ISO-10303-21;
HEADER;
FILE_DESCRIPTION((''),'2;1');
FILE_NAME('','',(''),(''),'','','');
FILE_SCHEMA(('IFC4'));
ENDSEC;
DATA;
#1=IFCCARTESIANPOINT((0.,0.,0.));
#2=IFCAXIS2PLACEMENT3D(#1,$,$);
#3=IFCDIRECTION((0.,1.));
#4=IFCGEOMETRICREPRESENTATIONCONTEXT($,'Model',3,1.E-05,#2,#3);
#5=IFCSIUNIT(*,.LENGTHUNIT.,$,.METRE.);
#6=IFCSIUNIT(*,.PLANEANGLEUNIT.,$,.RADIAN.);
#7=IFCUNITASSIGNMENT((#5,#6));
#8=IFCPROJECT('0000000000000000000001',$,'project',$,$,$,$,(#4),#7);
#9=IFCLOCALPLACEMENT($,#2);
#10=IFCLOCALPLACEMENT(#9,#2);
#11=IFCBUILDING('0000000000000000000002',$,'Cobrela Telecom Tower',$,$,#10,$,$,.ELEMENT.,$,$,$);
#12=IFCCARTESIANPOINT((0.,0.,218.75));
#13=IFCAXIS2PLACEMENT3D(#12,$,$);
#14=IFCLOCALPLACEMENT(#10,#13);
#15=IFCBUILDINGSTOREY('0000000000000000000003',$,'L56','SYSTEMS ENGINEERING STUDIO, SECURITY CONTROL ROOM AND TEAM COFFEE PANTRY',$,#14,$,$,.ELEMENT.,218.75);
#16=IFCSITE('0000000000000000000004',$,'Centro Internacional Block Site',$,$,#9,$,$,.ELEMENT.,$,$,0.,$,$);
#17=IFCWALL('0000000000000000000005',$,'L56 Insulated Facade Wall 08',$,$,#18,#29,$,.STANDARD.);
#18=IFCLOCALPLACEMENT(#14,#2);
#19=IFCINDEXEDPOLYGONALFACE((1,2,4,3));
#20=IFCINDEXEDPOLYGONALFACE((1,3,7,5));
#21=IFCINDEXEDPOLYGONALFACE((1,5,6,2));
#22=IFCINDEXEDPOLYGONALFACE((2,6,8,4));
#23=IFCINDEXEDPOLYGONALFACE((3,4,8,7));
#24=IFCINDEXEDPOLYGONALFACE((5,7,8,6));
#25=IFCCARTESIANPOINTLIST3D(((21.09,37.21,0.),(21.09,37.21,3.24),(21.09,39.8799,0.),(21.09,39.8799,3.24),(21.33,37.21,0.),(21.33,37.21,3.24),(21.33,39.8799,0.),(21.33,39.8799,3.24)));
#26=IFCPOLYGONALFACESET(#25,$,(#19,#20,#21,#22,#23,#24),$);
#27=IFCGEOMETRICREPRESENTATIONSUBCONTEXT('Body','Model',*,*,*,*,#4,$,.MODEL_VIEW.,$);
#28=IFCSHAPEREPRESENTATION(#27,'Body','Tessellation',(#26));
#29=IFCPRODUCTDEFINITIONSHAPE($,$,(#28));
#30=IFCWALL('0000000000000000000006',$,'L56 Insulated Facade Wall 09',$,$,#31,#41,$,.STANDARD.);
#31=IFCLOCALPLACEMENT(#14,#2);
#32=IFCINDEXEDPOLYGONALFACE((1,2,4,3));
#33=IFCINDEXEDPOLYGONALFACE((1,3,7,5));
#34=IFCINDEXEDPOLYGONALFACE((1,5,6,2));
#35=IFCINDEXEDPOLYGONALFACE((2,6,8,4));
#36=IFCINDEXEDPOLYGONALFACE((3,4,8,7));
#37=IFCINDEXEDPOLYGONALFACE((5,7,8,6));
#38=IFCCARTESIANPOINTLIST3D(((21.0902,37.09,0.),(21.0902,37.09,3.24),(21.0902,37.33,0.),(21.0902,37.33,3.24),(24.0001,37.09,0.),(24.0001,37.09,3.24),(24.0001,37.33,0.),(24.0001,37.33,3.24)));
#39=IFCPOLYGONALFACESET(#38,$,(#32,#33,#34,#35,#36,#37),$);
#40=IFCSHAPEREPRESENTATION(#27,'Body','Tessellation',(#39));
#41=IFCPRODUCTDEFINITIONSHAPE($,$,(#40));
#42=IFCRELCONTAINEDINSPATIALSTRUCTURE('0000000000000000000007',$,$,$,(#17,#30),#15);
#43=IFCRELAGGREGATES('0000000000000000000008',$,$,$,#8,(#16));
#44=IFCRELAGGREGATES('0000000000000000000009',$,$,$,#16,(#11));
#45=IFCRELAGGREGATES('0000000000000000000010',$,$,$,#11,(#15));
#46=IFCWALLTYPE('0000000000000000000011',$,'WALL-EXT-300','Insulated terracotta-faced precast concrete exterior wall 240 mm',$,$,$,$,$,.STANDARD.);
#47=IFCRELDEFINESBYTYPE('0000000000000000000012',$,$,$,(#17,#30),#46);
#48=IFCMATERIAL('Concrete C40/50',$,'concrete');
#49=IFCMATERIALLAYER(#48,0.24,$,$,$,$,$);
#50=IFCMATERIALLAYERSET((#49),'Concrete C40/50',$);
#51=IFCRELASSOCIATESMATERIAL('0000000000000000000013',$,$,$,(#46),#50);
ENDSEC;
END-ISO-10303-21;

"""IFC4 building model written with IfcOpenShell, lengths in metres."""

from ifc_helpers import new_model, si_unit, direction, frame, frame_2d, origin, place, context, subcontext, project, spatial, rectangle, extrude, material, layer, layer_set, type_object, element, save


model = new_model("IFC4")

# Units and contexts
model_context = context("Model", 3, precision=1e-05, world=origin(), true_north=direction((0.0, 1.0)))
body_context = subcontext(model_context, "Body", "Model", "MODEL_VIEW")
ifc_project = project(units=[si_unit("LENGTHUNIT", "METRE"), si_unit("PLANEANGLEUNIT", "RADIAN")], contexts=[model_context])

# Site, building, storey
site_placement = place(None, origin())
site = spatial("IfcSite", under=ifc_project, at=site_placement, Name="Centro Internacional Block Site", CompositionType="ELEMENT", RefElevation=0.0)
building_placement = place(site_placement, origin())
building = spatial("IfcBuilding", under=site, at=building_placement, Name="Cobrela Telecom Tower", CompositionType="ELEMENT")
storey_placement = place(building_placement, frame((0.0, 0.0, 218.75)))
storey = spatial("IfcBuildingStorey", under=building, at=storey_placement, Name="L56", Description="SYSTEMS ENGINEERING STUDIO, SECURITY CONTROL ROOM AND TEAM COFFEE PANTRY", CompositionType="ELEMENT", Elevation=218.75)

# Walls
ifc_material_1 = material(Name="Concrete C40/50", Category="concrete")
ifc_layer_1 = layer(ifc_material_1, 0.24)
ifc_layer_set_1 = layer_set([ifc_layer_1], Name="Concrete C40/50")
wall_type = type_object("IfcWallType", Name="WALL-EXT-300", Description="Insulated terracotta-faced precast concrete exterior wall 240 mm", PredefinedType="STANDARD", material=ifc_layer_set_1)
wall_1_placement = place(storey_placement, frame((21.21, 39.8799, 0.0), z_axis=(0.0, 0.0, 1.0), x_axis=(0.0, -1.0, 0.0)))
element("IfcWall", 1, at=wall_1_placement, inside=storey, type_object=wall_type, Name="L56 Insulated Facade Wall 08", PredefinedType="STANDARD", context=body_context, shape_type="SweptSolid", body=[
    extrude(rectangle(XDim=2.6699, YDim=0.24, at=frame_2d((1.335, 0.0))), origin(), (0.0, 0.0, 1.0), 3.24),
])
wall_2_placement = place(storey_placement, frame((21.0901, 37.21, 0.0), z_axis=(0.0, 0.0, 1.0), x_axis=(1.0, 0.0, 0.0)))
element("IfcWall", 2, at=wall_2_placement, inside=storey, type_object=wall_type, Name="L56 Insulated Facade Wall 09", PredefinedType="STANDARD", context=body_context, shape_type="SweptSolid", body=[
    extrude(rectangle(XDim=2.9099, YDim=0.24, at=frame_2d((1.4551, 0.0))), origin(), (0.0, 0.0, 1.0), 3.24),
])

save(model, "model.ifc")
